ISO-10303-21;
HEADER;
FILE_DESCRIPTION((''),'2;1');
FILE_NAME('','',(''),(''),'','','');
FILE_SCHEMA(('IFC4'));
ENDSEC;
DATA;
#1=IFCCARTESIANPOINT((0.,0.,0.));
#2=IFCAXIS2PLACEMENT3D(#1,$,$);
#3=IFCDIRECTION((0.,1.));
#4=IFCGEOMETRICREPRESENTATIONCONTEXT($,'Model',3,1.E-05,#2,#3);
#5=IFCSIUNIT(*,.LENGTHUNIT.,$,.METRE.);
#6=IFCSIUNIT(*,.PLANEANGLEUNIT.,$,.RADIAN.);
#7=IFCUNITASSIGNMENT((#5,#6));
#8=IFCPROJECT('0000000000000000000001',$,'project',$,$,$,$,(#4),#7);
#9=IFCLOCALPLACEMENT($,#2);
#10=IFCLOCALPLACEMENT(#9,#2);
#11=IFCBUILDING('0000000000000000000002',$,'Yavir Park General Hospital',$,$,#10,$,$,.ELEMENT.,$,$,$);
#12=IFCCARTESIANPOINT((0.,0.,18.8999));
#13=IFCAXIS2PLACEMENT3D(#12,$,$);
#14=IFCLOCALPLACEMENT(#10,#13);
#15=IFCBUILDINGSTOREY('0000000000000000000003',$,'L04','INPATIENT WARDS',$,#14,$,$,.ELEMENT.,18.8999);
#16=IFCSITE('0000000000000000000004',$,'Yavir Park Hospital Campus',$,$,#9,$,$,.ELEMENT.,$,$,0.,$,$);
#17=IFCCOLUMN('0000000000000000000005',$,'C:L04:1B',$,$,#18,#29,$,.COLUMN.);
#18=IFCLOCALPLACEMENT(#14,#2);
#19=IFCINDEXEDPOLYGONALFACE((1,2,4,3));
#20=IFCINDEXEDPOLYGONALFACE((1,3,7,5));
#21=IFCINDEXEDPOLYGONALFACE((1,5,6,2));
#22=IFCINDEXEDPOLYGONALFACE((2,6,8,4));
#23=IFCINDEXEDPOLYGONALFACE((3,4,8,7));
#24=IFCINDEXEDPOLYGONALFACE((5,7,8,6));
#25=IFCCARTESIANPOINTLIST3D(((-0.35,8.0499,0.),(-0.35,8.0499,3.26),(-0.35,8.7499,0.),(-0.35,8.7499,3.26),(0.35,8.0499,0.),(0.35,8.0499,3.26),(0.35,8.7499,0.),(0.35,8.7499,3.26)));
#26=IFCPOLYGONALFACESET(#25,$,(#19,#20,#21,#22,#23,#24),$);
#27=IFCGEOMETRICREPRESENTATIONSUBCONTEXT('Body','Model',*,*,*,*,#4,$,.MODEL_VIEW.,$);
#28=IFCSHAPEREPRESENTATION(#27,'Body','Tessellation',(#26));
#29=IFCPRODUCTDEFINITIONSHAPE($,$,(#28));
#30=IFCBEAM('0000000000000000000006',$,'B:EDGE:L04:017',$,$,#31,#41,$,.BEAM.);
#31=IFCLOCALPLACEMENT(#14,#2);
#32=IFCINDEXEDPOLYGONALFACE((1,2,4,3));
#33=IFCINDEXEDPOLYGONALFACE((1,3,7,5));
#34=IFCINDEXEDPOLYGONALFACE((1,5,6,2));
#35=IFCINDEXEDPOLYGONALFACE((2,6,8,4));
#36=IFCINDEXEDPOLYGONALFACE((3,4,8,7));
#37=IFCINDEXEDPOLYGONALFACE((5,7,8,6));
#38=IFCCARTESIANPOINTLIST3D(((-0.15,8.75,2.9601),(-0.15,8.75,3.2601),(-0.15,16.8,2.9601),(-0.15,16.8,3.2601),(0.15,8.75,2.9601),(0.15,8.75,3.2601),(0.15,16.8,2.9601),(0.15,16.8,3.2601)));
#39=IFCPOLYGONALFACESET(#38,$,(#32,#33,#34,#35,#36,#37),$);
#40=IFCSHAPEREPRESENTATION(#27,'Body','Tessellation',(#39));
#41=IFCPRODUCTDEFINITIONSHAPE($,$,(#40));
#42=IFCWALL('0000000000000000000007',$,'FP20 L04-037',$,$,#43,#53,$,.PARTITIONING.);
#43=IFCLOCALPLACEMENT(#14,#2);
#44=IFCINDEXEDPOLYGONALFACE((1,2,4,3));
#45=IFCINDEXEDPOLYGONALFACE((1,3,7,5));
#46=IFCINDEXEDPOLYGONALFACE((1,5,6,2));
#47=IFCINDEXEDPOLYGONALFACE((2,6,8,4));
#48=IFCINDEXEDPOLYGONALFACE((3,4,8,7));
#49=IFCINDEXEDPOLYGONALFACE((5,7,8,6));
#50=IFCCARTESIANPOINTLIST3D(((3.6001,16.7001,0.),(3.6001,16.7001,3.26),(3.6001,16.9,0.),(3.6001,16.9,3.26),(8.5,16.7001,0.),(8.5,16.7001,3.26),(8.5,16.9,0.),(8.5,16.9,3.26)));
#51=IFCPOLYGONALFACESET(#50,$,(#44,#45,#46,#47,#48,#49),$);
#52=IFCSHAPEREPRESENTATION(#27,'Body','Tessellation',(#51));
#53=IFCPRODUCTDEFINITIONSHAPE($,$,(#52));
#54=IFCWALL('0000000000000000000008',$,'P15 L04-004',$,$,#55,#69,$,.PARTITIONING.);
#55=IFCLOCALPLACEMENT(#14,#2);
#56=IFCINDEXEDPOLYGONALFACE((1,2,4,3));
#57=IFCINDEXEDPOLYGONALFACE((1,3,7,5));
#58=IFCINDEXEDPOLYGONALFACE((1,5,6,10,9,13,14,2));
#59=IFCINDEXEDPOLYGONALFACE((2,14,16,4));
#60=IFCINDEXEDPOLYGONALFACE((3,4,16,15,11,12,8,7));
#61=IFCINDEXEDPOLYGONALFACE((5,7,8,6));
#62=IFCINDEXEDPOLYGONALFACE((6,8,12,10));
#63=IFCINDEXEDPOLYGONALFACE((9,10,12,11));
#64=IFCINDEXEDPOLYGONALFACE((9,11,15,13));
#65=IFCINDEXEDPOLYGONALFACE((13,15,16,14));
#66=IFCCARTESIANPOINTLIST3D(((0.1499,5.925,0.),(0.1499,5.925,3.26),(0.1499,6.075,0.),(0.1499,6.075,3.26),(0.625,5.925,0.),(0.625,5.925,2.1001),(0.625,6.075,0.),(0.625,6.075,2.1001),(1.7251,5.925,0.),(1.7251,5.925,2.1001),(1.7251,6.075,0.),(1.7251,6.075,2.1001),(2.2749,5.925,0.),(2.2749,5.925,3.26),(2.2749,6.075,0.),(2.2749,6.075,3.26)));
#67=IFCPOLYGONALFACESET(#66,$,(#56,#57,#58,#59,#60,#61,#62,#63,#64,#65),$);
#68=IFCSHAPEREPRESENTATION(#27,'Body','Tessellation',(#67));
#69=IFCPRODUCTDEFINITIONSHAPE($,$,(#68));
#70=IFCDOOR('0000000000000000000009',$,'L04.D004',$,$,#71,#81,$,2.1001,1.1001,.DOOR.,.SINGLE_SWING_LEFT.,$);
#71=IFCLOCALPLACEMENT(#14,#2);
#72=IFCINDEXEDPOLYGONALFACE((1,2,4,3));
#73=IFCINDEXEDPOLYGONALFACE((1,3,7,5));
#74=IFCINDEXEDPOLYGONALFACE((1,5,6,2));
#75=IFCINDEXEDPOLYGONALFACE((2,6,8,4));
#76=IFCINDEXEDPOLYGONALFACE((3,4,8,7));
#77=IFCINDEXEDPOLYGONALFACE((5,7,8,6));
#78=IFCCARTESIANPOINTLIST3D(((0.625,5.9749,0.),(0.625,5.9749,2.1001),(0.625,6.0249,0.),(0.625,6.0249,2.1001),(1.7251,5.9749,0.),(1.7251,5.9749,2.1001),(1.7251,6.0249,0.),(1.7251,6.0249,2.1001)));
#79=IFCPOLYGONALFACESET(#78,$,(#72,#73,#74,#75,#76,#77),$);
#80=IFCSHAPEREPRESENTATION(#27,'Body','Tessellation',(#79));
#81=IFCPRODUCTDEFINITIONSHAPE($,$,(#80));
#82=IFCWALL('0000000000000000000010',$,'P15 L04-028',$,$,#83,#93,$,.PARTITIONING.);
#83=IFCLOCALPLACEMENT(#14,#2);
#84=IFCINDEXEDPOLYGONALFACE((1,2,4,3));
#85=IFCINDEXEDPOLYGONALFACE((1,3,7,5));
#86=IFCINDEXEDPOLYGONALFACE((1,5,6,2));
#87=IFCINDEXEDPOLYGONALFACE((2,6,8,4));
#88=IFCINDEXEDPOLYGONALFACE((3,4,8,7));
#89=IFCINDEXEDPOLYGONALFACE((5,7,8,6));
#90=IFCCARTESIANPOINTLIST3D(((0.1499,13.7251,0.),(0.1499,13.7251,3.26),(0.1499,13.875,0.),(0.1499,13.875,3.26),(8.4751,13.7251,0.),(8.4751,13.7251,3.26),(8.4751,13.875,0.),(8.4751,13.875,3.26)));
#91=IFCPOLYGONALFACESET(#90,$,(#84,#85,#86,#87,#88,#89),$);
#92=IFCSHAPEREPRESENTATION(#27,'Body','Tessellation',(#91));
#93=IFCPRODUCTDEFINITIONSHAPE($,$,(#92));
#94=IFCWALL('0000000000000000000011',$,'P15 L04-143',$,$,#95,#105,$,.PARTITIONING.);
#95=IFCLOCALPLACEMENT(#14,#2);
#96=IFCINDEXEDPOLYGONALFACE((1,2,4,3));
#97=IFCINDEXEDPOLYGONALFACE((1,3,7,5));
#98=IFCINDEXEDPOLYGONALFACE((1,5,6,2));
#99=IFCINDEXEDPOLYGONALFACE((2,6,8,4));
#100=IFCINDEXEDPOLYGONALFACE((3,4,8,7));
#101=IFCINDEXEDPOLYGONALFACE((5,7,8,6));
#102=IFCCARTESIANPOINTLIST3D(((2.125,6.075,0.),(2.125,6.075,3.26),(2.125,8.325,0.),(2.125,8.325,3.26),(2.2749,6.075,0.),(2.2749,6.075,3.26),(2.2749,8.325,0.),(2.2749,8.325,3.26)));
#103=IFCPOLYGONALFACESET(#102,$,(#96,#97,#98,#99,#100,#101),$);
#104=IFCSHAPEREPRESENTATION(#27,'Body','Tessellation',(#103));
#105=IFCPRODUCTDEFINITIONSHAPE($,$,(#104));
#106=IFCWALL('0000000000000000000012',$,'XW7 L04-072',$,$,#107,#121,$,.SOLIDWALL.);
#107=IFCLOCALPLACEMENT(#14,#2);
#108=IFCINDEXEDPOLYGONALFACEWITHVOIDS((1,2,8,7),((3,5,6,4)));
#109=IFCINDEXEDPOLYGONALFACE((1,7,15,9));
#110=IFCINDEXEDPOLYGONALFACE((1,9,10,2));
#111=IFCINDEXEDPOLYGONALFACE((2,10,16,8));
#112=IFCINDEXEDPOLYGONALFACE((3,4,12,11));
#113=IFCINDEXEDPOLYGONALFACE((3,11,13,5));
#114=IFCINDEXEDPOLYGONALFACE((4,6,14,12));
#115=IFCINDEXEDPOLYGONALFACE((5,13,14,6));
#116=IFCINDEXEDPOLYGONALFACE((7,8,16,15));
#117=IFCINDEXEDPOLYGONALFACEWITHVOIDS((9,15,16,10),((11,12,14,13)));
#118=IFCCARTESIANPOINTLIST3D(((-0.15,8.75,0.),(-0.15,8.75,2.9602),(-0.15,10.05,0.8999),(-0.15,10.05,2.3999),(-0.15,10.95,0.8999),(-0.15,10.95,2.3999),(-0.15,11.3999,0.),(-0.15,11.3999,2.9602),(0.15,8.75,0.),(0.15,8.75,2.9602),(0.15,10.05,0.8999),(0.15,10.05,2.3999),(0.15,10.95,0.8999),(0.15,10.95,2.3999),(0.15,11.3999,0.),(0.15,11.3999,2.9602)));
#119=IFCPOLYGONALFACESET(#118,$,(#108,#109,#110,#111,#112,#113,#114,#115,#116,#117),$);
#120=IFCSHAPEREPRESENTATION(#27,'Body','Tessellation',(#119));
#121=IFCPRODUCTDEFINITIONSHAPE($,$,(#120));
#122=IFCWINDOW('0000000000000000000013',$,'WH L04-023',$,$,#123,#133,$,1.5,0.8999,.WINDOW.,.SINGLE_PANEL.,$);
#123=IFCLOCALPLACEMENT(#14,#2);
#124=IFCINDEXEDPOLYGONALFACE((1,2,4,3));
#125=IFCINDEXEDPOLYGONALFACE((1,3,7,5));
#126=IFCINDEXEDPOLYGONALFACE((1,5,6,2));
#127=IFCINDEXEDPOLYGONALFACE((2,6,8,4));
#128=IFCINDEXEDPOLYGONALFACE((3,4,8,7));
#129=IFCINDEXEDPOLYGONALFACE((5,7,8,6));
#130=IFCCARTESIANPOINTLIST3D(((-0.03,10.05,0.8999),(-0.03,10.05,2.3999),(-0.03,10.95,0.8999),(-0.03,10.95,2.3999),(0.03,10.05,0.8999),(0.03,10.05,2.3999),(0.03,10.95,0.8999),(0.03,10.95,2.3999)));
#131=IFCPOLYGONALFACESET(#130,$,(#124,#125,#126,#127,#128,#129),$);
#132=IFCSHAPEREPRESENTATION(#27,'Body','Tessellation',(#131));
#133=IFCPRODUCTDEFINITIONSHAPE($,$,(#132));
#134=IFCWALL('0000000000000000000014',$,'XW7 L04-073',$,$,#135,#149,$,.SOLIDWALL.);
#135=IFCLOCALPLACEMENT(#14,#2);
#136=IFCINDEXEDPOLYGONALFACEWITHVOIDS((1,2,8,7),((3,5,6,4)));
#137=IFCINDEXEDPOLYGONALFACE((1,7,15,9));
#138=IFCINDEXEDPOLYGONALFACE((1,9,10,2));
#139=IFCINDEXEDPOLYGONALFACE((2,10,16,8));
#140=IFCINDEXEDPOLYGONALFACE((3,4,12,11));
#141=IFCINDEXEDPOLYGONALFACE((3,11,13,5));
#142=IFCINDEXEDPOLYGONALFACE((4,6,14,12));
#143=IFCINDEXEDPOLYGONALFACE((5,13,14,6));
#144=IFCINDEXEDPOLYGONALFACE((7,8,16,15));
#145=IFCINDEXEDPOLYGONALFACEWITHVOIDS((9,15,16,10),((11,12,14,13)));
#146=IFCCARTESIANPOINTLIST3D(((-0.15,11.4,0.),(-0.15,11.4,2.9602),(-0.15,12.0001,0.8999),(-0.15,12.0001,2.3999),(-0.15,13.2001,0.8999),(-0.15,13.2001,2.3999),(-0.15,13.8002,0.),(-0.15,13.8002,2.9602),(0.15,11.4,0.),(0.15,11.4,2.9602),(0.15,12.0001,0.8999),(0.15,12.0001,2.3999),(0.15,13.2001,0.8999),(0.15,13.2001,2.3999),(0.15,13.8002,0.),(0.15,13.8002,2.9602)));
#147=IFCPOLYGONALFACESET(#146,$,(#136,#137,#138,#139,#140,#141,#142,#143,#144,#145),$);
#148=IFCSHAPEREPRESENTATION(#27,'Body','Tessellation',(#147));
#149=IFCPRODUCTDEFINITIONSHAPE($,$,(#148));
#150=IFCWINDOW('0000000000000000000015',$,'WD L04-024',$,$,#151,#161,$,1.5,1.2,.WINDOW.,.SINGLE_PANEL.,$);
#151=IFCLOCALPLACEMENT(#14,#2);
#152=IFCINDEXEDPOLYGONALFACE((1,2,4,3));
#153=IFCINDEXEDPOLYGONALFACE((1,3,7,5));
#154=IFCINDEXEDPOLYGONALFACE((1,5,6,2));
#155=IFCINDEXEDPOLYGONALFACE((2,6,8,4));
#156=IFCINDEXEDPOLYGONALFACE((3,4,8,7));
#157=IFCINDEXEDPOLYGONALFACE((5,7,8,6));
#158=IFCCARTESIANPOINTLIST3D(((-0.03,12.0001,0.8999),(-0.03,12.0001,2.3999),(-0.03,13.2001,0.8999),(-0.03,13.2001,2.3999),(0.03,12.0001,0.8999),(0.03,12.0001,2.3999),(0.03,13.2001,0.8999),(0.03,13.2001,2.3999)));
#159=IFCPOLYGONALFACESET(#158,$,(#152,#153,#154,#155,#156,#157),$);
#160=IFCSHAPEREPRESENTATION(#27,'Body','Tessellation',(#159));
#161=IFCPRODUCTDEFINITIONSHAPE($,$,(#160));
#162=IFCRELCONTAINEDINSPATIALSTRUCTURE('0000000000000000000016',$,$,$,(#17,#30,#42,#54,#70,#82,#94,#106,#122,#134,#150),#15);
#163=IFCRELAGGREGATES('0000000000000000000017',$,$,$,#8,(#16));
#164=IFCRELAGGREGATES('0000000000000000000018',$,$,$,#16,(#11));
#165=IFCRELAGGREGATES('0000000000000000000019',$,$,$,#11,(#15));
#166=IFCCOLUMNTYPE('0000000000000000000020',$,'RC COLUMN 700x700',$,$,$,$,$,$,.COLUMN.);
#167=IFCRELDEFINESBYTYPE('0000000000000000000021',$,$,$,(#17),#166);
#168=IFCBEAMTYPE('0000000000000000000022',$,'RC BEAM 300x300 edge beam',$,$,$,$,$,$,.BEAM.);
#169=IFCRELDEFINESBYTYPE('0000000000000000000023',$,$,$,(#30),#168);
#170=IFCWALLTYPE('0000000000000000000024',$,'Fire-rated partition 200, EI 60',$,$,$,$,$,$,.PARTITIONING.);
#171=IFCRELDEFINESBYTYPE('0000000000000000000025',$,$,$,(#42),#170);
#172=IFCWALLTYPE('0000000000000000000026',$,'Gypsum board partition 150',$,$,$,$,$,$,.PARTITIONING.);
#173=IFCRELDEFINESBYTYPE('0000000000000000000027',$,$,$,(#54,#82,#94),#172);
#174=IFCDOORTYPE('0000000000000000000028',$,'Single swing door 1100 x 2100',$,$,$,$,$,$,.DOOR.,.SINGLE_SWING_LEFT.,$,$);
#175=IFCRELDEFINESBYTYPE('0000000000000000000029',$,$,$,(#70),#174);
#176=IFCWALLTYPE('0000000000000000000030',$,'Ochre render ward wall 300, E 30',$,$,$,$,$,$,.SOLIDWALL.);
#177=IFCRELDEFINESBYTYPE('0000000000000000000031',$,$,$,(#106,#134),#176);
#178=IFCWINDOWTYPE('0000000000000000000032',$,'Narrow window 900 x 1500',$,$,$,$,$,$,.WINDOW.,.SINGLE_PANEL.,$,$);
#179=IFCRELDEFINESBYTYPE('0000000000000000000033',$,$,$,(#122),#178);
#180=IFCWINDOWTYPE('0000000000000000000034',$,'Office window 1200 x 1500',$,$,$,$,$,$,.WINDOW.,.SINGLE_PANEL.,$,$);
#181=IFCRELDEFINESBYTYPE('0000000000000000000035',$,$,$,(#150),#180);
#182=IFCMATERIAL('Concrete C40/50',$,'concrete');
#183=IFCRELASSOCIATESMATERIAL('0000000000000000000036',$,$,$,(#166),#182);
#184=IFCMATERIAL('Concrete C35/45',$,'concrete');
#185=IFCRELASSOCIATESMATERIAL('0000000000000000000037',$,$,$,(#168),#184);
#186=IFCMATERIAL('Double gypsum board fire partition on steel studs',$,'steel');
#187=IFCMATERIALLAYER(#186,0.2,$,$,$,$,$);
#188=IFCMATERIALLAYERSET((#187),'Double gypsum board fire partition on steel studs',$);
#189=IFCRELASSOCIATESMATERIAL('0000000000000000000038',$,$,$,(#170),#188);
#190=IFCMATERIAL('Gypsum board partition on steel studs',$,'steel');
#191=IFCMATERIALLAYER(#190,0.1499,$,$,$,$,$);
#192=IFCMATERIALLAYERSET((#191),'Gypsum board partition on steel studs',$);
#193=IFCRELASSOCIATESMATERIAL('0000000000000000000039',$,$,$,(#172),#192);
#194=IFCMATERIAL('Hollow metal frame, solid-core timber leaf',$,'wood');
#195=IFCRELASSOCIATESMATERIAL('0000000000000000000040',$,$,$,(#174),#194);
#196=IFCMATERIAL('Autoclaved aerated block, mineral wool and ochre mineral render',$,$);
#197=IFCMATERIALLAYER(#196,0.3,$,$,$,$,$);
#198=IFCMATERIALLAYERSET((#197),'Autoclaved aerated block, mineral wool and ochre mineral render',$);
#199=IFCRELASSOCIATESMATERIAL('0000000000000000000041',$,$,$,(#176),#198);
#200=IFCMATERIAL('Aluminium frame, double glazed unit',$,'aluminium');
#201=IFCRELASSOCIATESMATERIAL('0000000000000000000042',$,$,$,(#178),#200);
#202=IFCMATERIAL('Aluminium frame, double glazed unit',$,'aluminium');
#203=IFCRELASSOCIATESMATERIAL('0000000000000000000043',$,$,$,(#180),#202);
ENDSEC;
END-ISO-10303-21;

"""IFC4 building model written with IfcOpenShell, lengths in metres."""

from ifc_helpers import new_model, si_unit, direction, frame, frame_2d, origin, origin_2d, place, context, subcontext, project, spatial, rectangle, extrude, material, layer, layer_set, material_profile, profile_set, type_object, element, fill, save


model = new_model("IFC4")

# Units and contexts
model_context = context("Model", 3, precision=1e-05, world=origin(), true_north=direction((0.0, 1.0)))
body_context = subcontext(model_context, "Body", "Model", "MODEL_VIEW")
ifc_project = project(units=[si_unit("LENGTHUNIT", "METRE"), si_unit("PLANEANGLEUNIT", "RADIAN")], contexts=[model_context])

# Site, building, storey
site_placement = place(None, origin())
site = spatial("IfcSite", under=ifc_project, at=site_placement, Name="Yavir Park Hospital Campus", CompositionType="ELEMENT", RefElevation=0.0)
building_placement = place(site_placement, origin())
building = spatial("IfcBuilding", under=site, at=building_placement, Name="Yavir Park General Hospital", CompositionType="ELEMENT")
storey_placement = place(building_placement, frame((0.0, 0.0, 18.8999)))
storey = spatial("IfcBuildingStorey", under=building, at=storey_placement, Name="L04", Description="INPATIENT WARDS", CompositionType="ELEMENT", Elevation=18.8999)

# Column
ifc_material_1 = material(Name="Concrete C40/50", Category="concrete")
ifc_material_profile_1 = material_profile(ifc_material_1, rectangle(XDim=0.7, YDim=0.7, at=origin_2d()), Name="RC700x700")
ifc_profile_set_1 = profile_set([ifc_material_profile_1], Name="Concrete C40/50")
column_type = type_object("IfcColumnType", Name="RC COLUMN 700x700", PredefinedType="COLUMN", material=ifc_profile_set_1)
column_placement = place(storey_placement, frame((0.0, 8.3999, 0.0), z_axis=(0.0, 0.0, 1.0), x_axis=(1.0, 0.0, 0.0)))
element("IfcColumn", 1, at=column_placement, inside=storey, type_object=column_type, Name="C:L04:1B", PredefinedType="COLUMN", context=body_context, shape_type="SweptSolid", body=[
    extrude(rectangle(XDim=0.7, YDim=0.7, at=origin_2d()), origin(), (0.0, 0.0, 1.0), 3.26),
])

# Beam
ifc_material_2 = material(Name="Concrete C35/45", Category="concrete")
ifc_material_profile_2 = material_profile(ifc_material_2, rectangle(XDim=0.3, YDim=0.3, at=origin_2d()), Name="RC300x300")
ifc_profile_set_2 = profile_set([ifc_material_profile_2], Name="Concrete C35/45")
beam_type = type_object("IfcBeamType", Name="RC BEAM 300x300 edge beam", PredefinedType="BEAM", material=ifc_profile_set_2)
beam_placement = place(storey_placement, frame((0.0, 8.75, 3.1101), z_axis=(0.0, 1.0, 0.0), x_axis=(-1.0, 0.0, 0.0)))
element("IfcBeam", 2, at=beam_placement, inside=storey, type_object=beam_type, Name="B:EDGE:L04:017", PredefinedType="BEAM", context=body_context, shape_type="SweptSolid", body=[
    extrude(rectangle(XDim=0.3, YDim=0.3, at=origin_2d()), origin(), (0.0, 0.0, 1.0), 8.05),
])

# Wall
ifc_material_3 = material(Name="Double gypsum board fire partition on steel studs", Category="steel")
ifc_layer_1 = layer(ifc_material_3, 0.2)
ifc_layer_set_1 = layer_set([ifc_layer_1], Name="Double gypsum board fire partition on steel studs")
wall_type_1 = type_object("IfcWallType", Name="Fire-rated partition 200, EI 60", PredefinedType="PARTITIONING", material=ifc_layer_set_1)
wall_1_placement = place(storey_placement, frame((3.6001, 16.8, 0.0), z_axis=(0.0, 0.0, 1.0), x_axis=(1.0, 0.0, 0.0)))
element("IfcWall", 3, at=wall_1_placement, inside=storey, type_object=wall_type_1, Name="FP20 L04-037", PredefinedType="PARTITIONING", context=body_context, shape_type="SweptSolid", body=[
    extrude(rectangle(XDim=4.8999, YDim=0.2, at=frame_2d((2.45, 0.0))), origin(), (0.0, 0.0, 1.0), 3.26),
])

# Wall, opening, door
ifc_material_4 = material(Name="Gypsum board partition on steel studs", Category="steel")
ifc_layer_2 = layer(ifc_material_4, 0.1499)
ifc_layer_set_2 = layer_set([ifc_layer_2], Name="Gypsum board partition on steel studs")
wall_type_2 = type_object("IfcWallType", Name="Gypsum board partition 150", PredefinedType="PARTITIONING", material=ifc_layer_set_2)
wall_2_placement = place(storey_placement, frame((0.1499, 6.0, 0.0), z_axis=(0.0, 0.0, 1.0), x_axis=(1.0, 0.0, 0.0)))
wall_2 = element("IfcWall", 4, at=wall_2_placement, inside=storey, type_object=wall_type_2, Name="P15 L04-004", PredefinedType="PARTITIONING", context=body_context, shape_type="SweptSolid", body=[
    extrude(rectangle(XDim=2.125, YDim=0.1499, at=frame_2d((1.0625, 0.0))), origin(), (0.0, 0.0, 1.0), 3.26),
])
opening_1_placement = place(wall_2_placement, frame((0.4751, 0.0, 0.0)))
opening_1 = element("IfcOpeningElement", 5, at=opening_1_placement, cuts=wall_2, PredefinedType="OPENING", context=body_context, shape_type="SweptSolid", body=[
    extrude(rectangle(XDim=1.1001, YDim=2.1001, at=frame_2d((0.55, 1.05))), frame((0.0, 0.085, 0.0), z_axis=(0.0, -1.0, 0.0), x_axis=(1.0, 0.0, 0.0)), (0.0, 0.0, 1.0), 0.1699),
])
ifc_material_5 = material(Name="Hollow metal frame, solid-core timber leaf", Category="wood")
door_type_1 = type_object("IfcDoorType", Name="Single swing door 1100 x 2100", OperationType="SINGLE_SWING_LEFT", PredefinedType="DOOR", material=ifc_material_5)
door_1_placement = place(opening_1_placement, origin())
door_1 = element("IfcDoor", 6, at=door_1_placement, inside=storey, type_object=door_type_1, Name="L04.D004", OperationType="SINGLE_SWING_LEFT", OverallHeight=2.1001, OverallWidth=1.1001, PredefinedType="DOOR", context=body_context, shape_type="SweptSolid", body=[
    extrude(rectangle(XDim=1.1001, YDim=2.1001, at=frame_2d((0.55, 1.05))), frame((0.0, 0.0249, 0.0), z_axis=(0.0, -1.0, 0.0), x_axis=(1.0, 0.0, 0.0)), (0.0, 0.0, 1.0), 0.05),
])
fill(opening_1, door_1)

# Walls
wall_3_placement = place(storey_placement, frame((0.1499, 13.8, 0.0), z_axis=(0.0, 0.0, 1.0), x_axis=(1.0, 0.0, 0.0)))
element("IfcWall", 7, at=wall_3_placement, inside=storey, type_object=wall_type_2, Name="P15 L04-028", PredefinedType="PARTITIONING", context=body_context, shape_type="SweptSolid", body=[
    extrude(rectangle(XDim=8.3252, YDim=0.1499, at=frame_2d((4.1626, 0.0))), origin(), (0.0, 0.0, 1.0), 3.26),
])
wall_4_placement = place(storey_placement, frame((2.2, 6.075, 0.0), z_axis=(0.0, 0.0, 1.0), x_axis=(0.0, 1.0, 0.0)))
element("IfcWall", 8, at=wall_4_placement, inside=storey, type_object=wall_type_2, Name="P15 L04-143", PredefinedType="PARTITIONING", context=body_context, shape_type="SweptSolid", body=[
    extrude(rectangle(XDim=2.25, YDim=0.1499, at=frame_2d((1.125, 0.0))), origin(), (0.0, 0.0, 1.0), 3.26),
])

# Walls, openings, windows
ifc_material_6 = material(Name="Autoclaved aerated block, mineral wool and ochre mineral render")
ifc_layer_3 = layer(ifc_material_6, 0.3)
ifc_layer_set_3 = layer_set([ifc_layer_3], Name="Autoclaved aerated block, mineral wool and ochre mineral render")
wall_type_3 = type_object("IfcWallType", Name="Ochre render ward wall 300, E 30", PredefinedType="SOLIDWALL", material=ifc_layer_set_3)
wall_5_placement = place(storey_placement, frame((0.0, 8.75, 0.0), z_axis=(0.0, 0.0, 1.0), x_axis=(0.0, 1.0, 0.0)))
wall_5 = element("IfcWall", 9, at=wall_5_placement, inside=storey, type_object=wall_type_3, Name="XW7 L04-072", PredefinedType="SOLIDWALL", context=body_context, shape_type="SweptSolid", body=[
    extrude(rectangle(XDim=2.6499, YDim=0.3, at=frame_2d((1.325, 0.0))), origin(), (0.0, 0.0, 1.0), 2.9602),
])
opening_2_placement = place(wall_5_placement, frame((1.3, 0.0, 0.8999)))
opening_2 = element("IfcOpeningElement", 10, at=opening_2_placement, cuts=wall_5, PredefinedType="OPENING", context=body_context, shape_type="SweptSolid", body=[
    extrude(rectangle(XDim=0.8999, YDim=1.5, at=frame_2d((0.45, 0.75))), frame((0.0, 0.1599, 0.0), z_axis=(0.0, -1.0, 0.0), x_axis=(1.0, 0.0, 0.0)), (0.0, 0.0, 1.0), 0.3201),
])
ifc_material_7 = material(Name="Aluminium frame, double glazed unit", Category="aluminium")
window_type_1 = type_object("IfcWindowType", Name="Narrow window 900 x 1500", PartitioningType="SINGLE_PANEL", PredefinedType="WINDOW", material=ifc_material_7)
window_1_placement = place(opening_2_placement, origin())
window_1 = element("IfcWindow", 11, at=window_1_placement, inside=storey, type_object=window_type_1, Name="WH L04-023", OverallHeight=1.5, OverallWidth=0.8999, PartitioningType="SINGLE_PANEL", PredefinedType="WINDOW", context=body_context, shape_type="SweptSolid", body=[
    extrude(rectangle(XDim=0.8999, YDim=1.5, at=frame_2d((0.45, 0.75))), frame((0.0, 0.03, 0.0), z_axis=(0.0, -1.0, 0.0), x_axis=(1.0, 0.0, 0.0)), (0.0, 0.0, 1.0), 0.0601),
])
fill(opening_2, window_1)
wall_6_placement = place(storey_placement, frame((0.0, 11.3999, 0.0), z_axis=(0.0, 0.0, 1.0), x_axis=(0.0, 1.0, 0.0)))
wall_6 = element("IfcWall", 12, at=wall_6_placement, inside=storey, type_object=wall_type_3, Name="XW7 L04-073", PredefinedType="SOLIDWALL", context=body_context, shape_type="SweptSolid", body=[
    extrude(rectangle(XDim=2.4001, YDim=0.3, at=frame_2d((1.2002, 0.0))), origin(), (0.0, 0.0, 1.0), 2.9602),
])
opening_3_placement = place(wall_6_placement, frame((0.6001, 0.0, 0.8999)))
opening_3 = element("IfcOpeningElement", 13, at=opening_3_placement, cuts=wall_6, PredefinedType="OPENING", context=body_context, shape_type="SweptSolid", body=[
    extrude(rectangle(XDim=1.2, YDim=1.5, at=frame_2d((0.6001, 0.75))), frame((0.0, 0.1599, 0.0), z_axis=(0.0, -1.0, 0.0), x_axis=(1.0, 0.0, 0.0)), (0.0, 0.0, 1.0), 0.3201),
])
ifc_material_8 = material(Name="Aluminium frame, double glazed unit", Category="aluminium")
window_type_2 = type_object("IfcWindowType", Name="Office window 1200 x 1500", PartitioningType="SINGLE_PANEL", PredefinedType="WINDOW", material=ifc_material_8)
window_2_placement = place(opening_3_placement, origin())
window_2 = element("IfcWindow", 14, at=window_2_placement, inside=storey, type_object=window_type_2, Name="WD L04-024", OverallHeight=1.5, OverallWidth=1.2, PartitioningType="SINGLE_PANEL", PredefinedType="WINDOW", context=body_context, shape_type="SweptSolid", body=[
    extrude(rectangle(XDim=1.2, YDim=1.5, at=frame_2d((0.6001, 0.75))), frame((0.0, 0.03, 0.0), z_axis=(0.0, -1.0, 0.0), x_axis=(1.0, 0.0, 0.0)), (0.0, 0.0, 1.0), 0.0601),
])
fill(opening_3, window_2)

save(model, "model.ifc")
